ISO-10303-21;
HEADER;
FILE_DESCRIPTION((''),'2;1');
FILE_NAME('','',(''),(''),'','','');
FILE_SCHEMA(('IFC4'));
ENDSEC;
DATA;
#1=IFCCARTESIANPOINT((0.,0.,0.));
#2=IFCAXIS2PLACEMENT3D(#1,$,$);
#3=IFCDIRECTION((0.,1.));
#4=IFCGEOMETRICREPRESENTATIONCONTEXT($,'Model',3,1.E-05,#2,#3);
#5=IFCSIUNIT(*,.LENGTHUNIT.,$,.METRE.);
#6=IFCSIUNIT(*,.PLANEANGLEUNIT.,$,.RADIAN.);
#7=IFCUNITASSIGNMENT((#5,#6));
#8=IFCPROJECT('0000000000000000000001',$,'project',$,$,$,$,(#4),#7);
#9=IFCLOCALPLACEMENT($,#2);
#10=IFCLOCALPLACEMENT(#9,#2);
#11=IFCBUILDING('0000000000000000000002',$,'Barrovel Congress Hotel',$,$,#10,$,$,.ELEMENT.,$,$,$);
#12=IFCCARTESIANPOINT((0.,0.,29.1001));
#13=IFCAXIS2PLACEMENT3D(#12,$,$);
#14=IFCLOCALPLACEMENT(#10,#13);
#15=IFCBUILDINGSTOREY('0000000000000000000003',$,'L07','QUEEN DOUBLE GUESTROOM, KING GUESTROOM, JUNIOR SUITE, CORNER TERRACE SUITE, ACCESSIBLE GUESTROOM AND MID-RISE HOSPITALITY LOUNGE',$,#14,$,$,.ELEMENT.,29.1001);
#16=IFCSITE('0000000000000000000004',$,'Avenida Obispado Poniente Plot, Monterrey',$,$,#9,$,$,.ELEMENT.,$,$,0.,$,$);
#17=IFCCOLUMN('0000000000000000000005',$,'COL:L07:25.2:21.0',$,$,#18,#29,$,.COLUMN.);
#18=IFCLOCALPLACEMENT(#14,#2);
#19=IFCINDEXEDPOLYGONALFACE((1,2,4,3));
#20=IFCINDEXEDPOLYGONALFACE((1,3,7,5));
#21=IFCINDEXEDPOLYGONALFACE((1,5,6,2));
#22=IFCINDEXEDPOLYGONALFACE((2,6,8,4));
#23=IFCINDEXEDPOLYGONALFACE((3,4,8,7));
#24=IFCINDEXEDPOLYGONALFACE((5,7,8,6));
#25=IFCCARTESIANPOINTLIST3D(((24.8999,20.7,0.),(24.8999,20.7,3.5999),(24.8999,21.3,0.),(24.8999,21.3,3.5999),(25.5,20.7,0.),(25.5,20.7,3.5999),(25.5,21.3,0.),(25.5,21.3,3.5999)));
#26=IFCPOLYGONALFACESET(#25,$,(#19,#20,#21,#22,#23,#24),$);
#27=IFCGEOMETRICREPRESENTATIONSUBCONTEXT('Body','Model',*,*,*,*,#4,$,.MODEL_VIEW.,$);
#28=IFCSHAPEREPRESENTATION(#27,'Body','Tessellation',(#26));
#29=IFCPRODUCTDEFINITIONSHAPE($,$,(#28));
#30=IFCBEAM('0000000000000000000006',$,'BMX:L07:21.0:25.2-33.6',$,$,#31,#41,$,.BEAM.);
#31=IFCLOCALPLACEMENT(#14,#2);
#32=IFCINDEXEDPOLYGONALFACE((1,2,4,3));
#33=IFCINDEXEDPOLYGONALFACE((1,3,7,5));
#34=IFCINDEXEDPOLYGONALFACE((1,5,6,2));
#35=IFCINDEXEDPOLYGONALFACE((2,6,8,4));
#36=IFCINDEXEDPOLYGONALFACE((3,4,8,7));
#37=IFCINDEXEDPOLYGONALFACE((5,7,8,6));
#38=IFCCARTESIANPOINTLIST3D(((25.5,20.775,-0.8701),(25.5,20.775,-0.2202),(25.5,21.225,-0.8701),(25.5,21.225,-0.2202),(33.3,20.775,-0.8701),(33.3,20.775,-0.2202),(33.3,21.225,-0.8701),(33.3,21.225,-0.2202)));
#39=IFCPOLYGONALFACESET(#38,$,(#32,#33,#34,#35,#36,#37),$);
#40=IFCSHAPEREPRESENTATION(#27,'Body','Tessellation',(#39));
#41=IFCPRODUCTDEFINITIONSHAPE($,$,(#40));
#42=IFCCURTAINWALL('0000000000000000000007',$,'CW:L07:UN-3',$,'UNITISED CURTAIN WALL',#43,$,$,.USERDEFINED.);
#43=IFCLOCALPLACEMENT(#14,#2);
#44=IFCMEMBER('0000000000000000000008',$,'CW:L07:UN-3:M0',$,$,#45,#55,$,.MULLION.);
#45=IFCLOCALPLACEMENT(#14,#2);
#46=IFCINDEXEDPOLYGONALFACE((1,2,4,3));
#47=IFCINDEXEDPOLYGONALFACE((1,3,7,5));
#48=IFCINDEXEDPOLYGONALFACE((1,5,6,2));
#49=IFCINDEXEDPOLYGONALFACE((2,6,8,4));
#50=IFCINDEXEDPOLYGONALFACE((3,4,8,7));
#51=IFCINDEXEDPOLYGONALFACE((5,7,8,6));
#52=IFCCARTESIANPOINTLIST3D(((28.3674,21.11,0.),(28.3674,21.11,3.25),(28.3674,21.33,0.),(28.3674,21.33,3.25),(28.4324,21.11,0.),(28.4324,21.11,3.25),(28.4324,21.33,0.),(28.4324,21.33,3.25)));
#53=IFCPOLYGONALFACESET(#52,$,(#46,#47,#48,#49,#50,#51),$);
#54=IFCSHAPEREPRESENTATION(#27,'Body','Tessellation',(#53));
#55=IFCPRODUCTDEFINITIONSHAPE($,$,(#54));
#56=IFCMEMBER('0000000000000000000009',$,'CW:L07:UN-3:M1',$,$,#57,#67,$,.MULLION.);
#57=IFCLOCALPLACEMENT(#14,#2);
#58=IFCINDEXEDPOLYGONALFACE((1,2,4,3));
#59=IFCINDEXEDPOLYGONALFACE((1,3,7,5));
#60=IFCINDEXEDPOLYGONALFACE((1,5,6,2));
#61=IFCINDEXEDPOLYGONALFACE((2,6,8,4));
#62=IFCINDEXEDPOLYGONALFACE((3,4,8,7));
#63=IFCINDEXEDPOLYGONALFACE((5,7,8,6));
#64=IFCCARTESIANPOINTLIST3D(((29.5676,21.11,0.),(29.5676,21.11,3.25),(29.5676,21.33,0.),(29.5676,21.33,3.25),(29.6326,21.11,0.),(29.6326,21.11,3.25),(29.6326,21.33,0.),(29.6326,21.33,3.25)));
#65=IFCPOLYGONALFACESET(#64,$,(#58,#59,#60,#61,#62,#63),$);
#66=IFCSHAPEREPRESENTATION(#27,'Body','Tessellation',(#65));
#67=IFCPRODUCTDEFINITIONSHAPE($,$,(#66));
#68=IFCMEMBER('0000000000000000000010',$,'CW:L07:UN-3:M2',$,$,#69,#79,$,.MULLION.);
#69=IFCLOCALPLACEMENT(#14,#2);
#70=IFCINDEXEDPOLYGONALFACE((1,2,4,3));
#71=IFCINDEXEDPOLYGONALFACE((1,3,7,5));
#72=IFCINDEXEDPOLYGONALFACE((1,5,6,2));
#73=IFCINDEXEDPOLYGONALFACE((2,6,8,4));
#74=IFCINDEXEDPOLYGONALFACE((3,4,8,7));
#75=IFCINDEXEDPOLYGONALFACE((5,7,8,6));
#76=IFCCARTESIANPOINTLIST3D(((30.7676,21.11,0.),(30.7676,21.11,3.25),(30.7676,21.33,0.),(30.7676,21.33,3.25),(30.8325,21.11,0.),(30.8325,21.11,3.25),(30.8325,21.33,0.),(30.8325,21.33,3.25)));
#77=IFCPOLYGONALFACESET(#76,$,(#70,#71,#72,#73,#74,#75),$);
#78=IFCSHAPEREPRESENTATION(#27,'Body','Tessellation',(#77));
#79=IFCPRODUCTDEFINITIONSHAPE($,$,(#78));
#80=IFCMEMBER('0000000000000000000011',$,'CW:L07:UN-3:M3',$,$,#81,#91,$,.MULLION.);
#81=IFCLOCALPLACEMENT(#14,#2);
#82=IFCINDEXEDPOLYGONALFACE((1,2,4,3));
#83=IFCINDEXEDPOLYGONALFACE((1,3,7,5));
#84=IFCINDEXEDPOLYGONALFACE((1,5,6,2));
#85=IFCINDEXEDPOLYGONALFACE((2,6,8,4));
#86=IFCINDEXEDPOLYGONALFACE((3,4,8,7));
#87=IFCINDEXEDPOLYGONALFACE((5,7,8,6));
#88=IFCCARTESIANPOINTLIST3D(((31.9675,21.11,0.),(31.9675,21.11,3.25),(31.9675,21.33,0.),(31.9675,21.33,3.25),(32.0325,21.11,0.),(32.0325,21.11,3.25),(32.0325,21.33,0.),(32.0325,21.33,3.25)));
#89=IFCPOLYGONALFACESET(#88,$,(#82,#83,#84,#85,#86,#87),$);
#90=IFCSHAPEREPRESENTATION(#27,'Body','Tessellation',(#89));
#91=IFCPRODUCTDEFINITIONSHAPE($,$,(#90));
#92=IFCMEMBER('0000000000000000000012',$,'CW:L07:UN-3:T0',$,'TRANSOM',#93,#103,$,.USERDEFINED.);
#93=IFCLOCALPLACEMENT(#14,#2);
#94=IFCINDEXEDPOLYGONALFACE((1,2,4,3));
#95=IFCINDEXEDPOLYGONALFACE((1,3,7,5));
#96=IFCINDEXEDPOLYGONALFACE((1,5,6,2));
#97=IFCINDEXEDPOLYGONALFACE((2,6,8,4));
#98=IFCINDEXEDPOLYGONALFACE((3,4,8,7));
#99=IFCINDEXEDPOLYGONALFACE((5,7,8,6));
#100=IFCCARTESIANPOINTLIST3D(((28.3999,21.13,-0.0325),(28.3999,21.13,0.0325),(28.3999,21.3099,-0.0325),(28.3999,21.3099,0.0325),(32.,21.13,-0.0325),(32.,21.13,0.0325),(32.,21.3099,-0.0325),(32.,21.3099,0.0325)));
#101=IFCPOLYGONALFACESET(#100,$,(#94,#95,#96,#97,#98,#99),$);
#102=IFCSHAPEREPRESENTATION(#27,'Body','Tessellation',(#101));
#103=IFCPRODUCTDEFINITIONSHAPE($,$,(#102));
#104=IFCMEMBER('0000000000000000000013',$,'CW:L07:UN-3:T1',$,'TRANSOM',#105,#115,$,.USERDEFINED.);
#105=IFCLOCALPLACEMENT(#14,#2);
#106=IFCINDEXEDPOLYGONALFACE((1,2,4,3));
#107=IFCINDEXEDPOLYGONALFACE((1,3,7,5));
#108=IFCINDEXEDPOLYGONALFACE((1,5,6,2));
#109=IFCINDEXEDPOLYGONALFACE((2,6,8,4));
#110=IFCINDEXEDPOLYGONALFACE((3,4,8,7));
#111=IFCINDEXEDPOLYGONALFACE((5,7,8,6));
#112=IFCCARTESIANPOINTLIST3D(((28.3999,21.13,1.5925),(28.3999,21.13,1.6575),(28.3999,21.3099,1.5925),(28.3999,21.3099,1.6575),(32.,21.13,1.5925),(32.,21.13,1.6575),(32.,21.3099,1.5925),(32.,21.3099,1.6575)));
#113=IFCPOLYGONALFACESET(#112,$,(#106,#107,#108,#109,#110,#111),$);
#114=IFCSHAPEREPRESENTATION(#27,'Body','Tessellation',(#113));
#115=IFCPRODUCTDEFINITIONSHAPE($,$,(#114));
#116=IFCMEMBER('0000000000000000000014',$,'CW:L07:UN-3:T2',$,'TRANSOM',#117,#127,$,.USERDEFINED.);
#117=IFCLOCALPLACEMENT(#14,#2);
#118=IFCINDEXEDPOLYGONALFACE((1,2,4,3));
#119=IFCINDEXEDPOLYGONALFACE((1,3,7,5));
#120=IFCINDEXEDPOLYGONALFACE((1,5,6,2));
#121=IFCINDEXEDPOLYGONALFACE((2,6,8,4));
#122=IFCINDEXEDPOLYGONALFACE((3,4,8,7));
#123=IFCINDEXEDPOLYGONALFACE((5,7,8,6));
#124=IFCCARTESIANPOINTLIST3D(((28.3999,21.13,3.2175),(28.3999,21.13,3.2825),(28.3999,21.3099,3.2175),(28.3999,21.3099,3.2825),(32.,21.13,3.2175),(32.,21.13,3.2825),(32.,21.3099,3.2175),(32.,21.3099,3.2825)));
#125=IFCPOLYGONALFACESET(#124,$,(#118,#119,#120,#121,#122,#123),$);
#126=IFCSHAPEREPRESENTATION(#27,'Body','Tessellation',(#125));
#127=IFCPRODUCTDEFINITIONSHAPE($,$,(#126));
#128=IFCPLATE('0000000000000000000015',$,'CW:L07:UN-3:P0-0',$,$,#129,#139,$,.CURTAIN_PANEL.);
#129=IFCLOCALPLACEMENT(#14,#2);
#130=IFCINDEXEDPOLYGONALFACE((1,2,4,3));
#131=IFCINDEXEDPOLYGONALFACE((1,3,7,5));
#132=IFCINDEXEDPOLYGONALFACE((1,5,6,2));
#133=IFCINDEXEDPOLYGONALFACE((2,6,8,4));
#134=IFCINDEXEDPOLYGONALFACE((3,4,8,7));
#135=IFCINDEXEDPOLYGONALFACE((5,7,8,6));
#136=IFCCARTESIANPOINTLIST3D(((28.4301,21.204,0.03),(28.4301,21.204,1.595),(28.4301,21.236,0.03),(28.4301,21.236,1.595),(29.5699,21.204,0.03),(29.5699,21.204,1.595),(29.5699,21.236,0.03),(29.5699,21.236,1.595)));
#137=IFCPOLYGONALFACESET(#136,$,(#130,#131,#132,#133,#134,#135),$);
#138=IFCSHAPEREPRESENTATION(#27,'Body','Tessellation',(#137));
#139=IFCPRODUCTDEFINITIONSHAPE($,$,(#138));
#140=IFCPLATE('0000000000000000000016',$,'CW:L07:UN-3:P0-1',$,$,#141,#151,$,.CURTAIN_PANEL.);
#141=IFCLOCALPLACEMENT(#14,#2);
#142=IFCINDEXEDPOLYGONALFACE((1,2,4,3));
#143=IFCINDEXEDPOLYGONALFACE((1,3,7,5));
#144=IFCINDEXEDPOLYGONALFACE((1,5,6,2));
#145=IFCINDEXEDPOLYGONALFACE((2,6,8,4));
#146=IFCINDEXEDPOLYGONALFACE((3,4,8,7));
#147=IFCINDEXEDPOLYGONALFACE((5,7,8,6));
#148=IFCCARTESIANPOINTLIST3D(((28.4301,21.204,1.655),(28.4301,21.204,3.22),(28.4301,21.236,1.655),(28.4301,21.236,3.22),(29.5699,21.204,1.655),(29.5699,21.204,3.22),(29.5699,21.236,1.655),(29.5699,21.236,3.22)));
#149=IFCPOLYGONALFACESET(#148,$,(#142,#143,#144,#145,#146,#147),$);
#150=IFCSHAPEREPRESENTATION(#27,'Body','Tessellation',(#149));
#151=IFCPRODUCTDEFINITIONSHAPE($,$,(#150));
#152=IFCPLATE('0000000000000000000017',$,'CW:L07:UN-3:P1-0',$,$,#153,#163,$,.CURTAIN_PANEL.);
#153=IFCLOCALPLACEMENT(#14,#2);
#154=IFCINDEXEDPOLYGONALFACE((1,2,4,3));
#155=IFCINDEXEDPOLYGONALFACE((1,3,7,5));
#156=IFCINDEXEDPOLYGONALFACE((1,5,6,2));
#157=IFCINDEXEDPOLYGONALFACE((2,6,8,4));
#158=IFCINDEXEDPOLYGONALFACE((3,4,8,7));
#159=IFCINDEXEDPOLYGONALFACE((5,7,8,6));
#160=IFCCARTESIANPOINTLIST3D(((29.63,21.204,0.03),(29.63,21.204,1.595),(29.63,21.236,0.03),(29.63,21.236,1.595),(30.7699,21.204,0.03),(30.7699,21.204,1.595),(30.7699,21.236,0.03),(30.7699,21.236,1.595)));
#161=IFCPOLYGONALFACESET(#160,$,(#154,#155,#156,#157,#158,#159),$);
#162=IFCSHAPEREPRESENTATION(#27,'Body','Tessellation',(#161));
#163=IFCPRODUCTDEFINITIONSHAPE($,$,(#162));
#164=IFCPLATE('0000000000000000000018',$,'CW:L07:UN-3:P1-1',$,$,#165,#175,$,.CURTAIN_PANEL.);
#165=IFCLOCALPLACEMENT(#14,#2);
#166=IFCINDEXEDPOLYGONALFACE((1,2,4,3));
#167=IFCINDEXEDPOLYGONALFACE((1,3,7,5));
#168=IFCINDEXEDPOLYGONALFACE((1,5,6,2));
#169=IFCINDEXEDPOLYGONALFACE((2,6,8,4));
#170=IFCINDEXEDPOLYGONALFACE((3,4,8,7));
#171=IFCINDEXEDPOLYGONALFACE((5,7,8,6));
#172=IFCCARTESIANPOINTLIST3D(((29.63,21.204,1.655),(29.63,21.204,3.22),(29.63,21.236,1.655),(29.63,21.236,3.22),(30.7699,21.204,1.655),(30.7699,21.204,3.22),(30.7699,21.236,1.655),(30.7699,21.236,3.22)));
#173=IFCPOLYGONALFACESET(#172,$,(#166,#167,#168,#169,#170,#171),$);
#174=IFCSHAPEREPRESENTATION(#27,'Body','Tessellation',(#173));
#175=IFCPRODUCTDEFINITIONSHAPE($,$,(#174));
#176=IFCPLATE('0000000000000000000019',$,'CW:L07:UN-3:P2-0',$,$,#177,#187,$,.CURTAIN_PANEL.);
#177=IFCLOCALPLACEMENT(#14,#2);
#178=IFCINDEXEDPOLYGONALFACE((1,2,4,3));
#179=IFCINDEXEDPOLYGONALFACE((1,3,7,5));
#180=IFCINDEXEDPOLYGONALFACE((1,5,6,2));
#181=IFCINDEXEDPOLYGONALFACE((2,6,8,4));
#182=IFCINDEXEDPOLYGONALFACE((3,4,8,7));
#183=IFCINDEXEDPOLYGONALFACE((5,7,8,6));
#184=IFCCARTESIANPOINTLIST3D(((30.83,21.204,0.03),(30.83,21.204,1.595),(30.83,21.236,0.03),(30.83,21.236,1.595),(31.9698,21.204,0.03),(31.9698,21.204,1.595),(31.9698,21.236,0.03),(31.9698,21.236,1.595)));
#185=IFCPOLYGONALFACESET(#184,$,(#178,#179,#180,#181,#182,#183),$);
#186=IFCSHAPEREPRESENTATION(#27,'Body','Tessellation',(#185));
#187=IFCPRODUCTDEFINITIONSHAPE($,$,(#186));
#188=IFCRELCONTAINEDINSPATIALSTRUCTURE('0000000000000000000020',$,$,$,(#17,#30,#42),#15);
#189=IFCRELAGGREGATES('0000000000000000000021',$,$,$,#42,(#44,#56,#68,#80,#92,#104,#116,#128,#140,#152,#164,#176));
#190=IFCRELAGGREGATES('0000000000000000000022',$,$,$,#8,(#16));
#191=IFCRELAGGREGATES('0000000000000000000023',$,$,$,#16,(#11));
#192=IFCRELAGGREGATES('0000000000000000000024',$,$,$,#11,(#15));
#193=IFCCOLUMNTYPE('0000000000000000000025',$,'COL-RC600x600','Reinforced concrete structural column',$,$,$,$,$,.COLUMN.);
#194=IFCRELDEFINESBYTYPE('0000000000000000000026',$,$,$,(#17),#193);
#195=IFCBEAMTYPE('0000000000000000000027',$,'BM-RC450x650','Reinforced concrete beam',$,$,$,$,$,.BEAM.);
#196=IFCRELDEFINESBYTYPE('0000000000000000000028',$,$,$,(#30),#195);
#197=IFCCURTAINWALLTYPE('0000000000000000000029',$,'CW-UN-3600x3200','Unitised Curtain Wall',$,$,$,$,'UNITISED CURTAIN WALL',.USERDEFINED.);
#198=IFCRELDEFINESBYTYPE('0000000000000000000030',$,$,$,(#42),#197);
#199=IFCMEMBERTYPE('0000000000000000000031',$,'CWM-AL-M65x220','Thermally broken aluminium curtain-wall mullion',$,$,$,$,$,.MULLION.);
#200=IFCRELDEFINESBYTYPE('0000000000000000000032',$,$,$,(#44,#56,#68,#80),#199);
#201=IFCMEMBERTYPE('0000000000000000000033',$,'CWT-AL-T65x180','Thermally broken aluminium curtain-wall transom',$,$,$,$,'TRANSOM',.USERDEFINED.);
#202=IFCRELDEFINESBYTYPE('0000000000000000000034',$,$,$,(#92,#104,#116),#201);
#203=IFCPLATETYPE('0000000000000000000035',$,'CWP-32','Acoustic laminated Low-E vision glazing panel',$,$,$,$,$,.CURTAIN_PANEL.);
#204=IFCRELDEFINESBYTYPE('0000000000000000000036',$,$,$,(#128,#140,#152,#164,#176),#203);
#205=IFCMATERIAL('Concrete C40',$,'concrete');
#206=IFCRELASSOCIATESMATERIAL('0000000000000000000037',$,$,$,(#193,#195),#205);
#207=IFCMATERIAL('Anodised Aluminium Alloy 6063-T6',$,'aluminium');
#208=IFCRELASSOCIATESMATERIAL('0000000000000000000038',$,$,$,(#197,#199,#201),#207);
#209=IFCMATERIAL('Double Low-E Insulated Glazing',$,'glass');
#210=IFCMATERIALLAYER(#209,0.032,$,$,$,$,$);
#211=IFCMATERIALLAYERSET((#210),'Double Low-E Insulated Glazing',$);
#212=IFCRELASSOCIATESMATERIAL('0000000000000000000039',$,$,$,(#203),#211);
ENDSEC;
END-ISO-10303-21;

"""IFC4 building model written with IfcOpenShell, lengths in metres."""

from ifc_helpers import new_model, si_unit, direction, frame, origin, origin_2d, place, context, subcontext, project, spatial, rectangle, extrude, material, layer, layer_set, material_profile, profile_set, type_object, element, aggregate, save


model = new_model("IFC4")

# Units and contexts
model_context = context("Model", 3, precision=1e-05, world=origin(), true_north=direction((0.0, 1.0)))
body_context = subcontext(model_context, "Body", "Model", "MODEL_VIEW")
ifc_project = project(units=[si_unit("LENGTHUNIT", "METRE"), si_unit("PLANEANGLEUNIT", "RADIAN")], contexts=[model_context])

# Site, building, storey
site_placement = place(None, origin())
site = spatial("IfcSite", under=ifc_project, at=site_placement, Name="Avenida Obispado Poniente Plot, Monterrey", CompositionType="ELEMENT", RefElevation=0.0)
building_placement = place(site_placement, origin())
building = spatial("IfcBuilding", under=site, at=building_placement, Name="Barrovel Congress Hotel", CompositionType="ELEMENT")
storey_placement = place(building_placement, frame((0.0, 0.0, 29.1001)))
storey = spatial("IfcBuildingStorey", under=building, at=storey_placement, Name="L07", Description="QUEEN DOUBLE GUESTROOM, KING GUESTROOM, JUNIOR SUITE, CORNER TERRACE SUITE, ACCESSIBLE GUESTROOM AND MID-RISE HOSPITALITY LOUNGE", CompositionType="ELEMENT", Elevation=29.1001)

# Column
ifc_material_1 = material(Name="Concrete C40", Category="concrete")
ifc_material_profile_1 = material_profile(ifc_material_1, rectangle(XDim=0.6001, YDim=0.6001, at=origin_2d()), Name="RC600x600")
ifc_profile_set_1 = profile_set([ifc_material_profile_1], Name="Concrete C40")
column_type = type_object("IfcColumnType", Name="COL-RC600x600", Description="Reinforced concrete structural column", PredefinedType="COLUMN", material=ifc_profile_set_1)
column_placement = place(storey_placement, frame((25.2, 21.0, 0.0), z_axis=(0.0, 0.0, 1.0), x_axis=(1.0, 0.0, 0.0)))
element("IfcColumn", 1, at=column_placement, inside=storey, type_object=column_type, Name="COL:L07:25.2:21.0", PredefinedType="COLUMN", context=body_context, shape_type="SweptSolid", body=[
    extrude(rectangle(XDim=0.6001, YDim=0.6001, at=origin_2d()), origin(), (0.0, 0.0, 1.0), 3.5999),
])

# Beam
ifc_material_profile_2 = material_profile(ifc_material_1, rectangle(XDim=0.45, YDim=0.6499, at=origin_2d()), Name="RC450x650")
ifc_profile_set_2 = profile_set([ifc_material_profile_2], Name="Concrete C40")
beam_type = type_object("IfcBeamType", Name="BM-RC450x650", Description="Reinforced concrete beam", PredefinedType="BEAM", material=ifc_profile_set_2)
beam_placement = place(storey_placement, frame((25.5, 21.0, -0.5452), z_axis=(1.0, 0.0, 0.0), x_axis=(0.0, 1.0, 0.0)))
element("IfcBeam", 2, at=beam_placement, inside=storey, type_object=beam_type, Name="BMX:L07:21.0:25.2-33.6", PredefinedType="BEAM", context=body_context, shape_type="SweptSolid", body=[
    extrude(rectangle(XDim=0.45, YDim=0.6499, at=origin_2d()), origin(), (0.0, 0.0, 1.0), 7.8),
])

# Curtain wall, members, plates
ifc_material_2 = material(Name="Anodised Aluminium Alloy 6063-T6", Category="aluminium")
curtain_wall_type = type_object("IfcCurtainWallType", Name="CW-UN-3600x3200", Description="Unitised Curtain Wall", ElementType="UNITISED CURTAIN WALL", PredefinedType="USERDEFINED", material=ifc_material_2)
curtain_wall_placement = place(storey_placement, origin())
curtain_wall = element("IfcCurtainWall", 3, at=curtain_wall_placement, inside=storey, type_object=curtain_wall_type, Name="CW:L07:UN-3", ObjectType="UNITISED CURTAIN WALL", PredefinedType="USERDEFINED")
ifc_material_profile_3 = material_profile(ifc_material_2, rectangle(XDim=0.0649, YDim=0.22, at=origin_2d()), Name="AL-M65x220")
ifc_profile_set_3 = profile_set([ifc_material_profile_3], Name="Anodised Aluminium Alloy 6063-T6")
member_type_1 = type_object("IfcMemberType", Name="CWM-AL-M65x220", Description="Thermally broken aluminium curtain-wall mullion", PredefinedType="MULLION", material=ifc_profile_set_3)
member_1_placement = place(storey_placement, frame((28.3999, 21.22, 0.0), z_axis=(0.0, 0.0, 1.0), x_axis=(1.0, 0.0, 0.0)))
member_1 = element("IfcMember", 4, at=member_1_placement, type_object=member_type_1, Name="CW:L07:UN-3:M0", PredefinedType="MULLION", context=body_context, shape_type="SweptSolid", body=[
    extrude(rectangle(XDim=0.0649, YDim=0.22, at=origin_2d()), origin(), (0.0, 0.0, 1.0), 3.25),
])
member_2_placement = place(storey_placement, frame((29.6001, 21.22, 0.0), z_axis=(0.0, 0.0, 1.0), x_axis=(1.0, 0.0, 0.0)))
member_2 = element("IfcMember", 5, at=member_2_placement, type_object=member_type_1, Name="CW:L07:UN-3:M1", PredefinedType="MULLION", context=body_context, shape_type="SweptSolid", body=[
    extrude(rectangle(XDim=0.0649, YDim=0.22, at=origin_2d()), origin(), (0.0, 0.0, 1.0), 3.25),
])
member_3_placement = place(storey_placement, frame((30.8, 21.22, 0.0), z_axis=(0.0, 0.0, 1.0), x_axis=(1.0, 0.0, 0.0)))
member_3 = element("IfcMember", 6, at=member_3_placement, type_object=member_type_1, Name="CW:L07:UN-3:M2", PredefinedType="MULLION", context=body_context, shape_type="SweptSolid", body=[
    extrude(rectangle(XDim=0.0649, YDim=0.22, at=origin_2d()), origin(), (0.0, 0.0, 1.0), 3.25),
])
member_4_placement = place(storey_placement, frame((32.0, 21.22, 0.0), z_axis=(0.0, 0.0, 1.0), x_axis=(1.0, 0.0, 0.0)))
member_4 = element("IfcMember", 7, at=member_4_placement, type_object=member_type_1, Name="CW:L07:UN-3:M3", PredefinedType="MULLION", context=body_context, shape_type="SweptSolid", body=[
    extrude(rectangle(XDim=0.0649, YDim=0.22, at=origin_2d()), origin(), (0.0, 0.0, 1.0), 3.25),
])
ifc_material_profile_4 = material_profile(ifc_material_2, rectangle(XDim=0.1799, YDim=0.0649, at=origin_2d()), Name="AL-T65x180")
ifc_profile_set_4 = profile_set([ifc_material_profile_4], Name="Anodised Aluminium Alloy 6063-T6")
member_type_2 = type_object("IfcMemberType", Name="CWT-AL-T65x180", Description="Thermally broken aluminium curtain-wall transom", ElementType="TRANSOM", PredefinedType="USERDEFINED", material=ifc_profile_set_4)
member_5_placement = place(storey_placement, frame((28.3999, 21.22, 0.0), z_axis=(1.0, 0.0, 0.0), x_axis=(0.0, 1.0, 0.0)))
member_5 = element("IfcMember", 8, at=member_5_placement, type_object=member_type_2, Name="CW:L07:UN-3:T0", ObjectType="TRANSOM", PredefinedType="USERDEFINED", context=body_context, shape_type="SweptSolid", body=[
    extrude(rectangle(XDim=0.1799, YDim=0.0649, at=origin_2d()), origin(), (0.0, 0.0, 1.0), 3.6001),
])
member_6_placement = place(storey_placement, frame((28.3999, 21.22, 1.625), z_axis=(1.0, 0.0, 0.0), x_axis=(0.0, 1.0, 0.0)))
member_6 = element("IfcMember", 9, at=member_6_placement, type_object=member_type_2, Name="CW:L07:UN-3:T1", ObjectType="TRANSOM", PredefinedType="USERDEFINED", context=body_context, shape_type="SweptSolid", body=[
    extrude(rectangle(XDim=0.1799, YDim=0.0649, at=origin_2d()), origin(), (0.0, 0.0, 1.0), 3.6001),
])
member_7_placement = place(storey_placement, frame((28.3999, 21.22, 3.25), z_axis=(1.0, 0.0, 0.0), x_axis=(0.0, 1.0, 0.0)))
member_7 = element("IfcMember", 10, at=member_7_placement, type_object=member_type_2, Name="CW:L07:UN-3:T2", ObjectType="TRANSOM", PredefinedType="USERDEFINED", context=body_context, shape_type="SweptSolid", body=[
    extrude(rectangle(XDim=0.1799, YDim=0.0649, at=origin_2d()), origin(), (0.0, 0.0, 1.0), 3.6001),
])
ifc_material_3 = material(Name="Double Low-E Insulated Glazing", Category="glass")
ifc_layer_1 = layer(ifc_material_3, 0.032)
ifc_layer_set_1 = layer_set([ifc_layer_1], Name="Double Low-E Insulated Glazing")
plate_type = type_object("IfcPlateType", Name="CWP-32", Description="Acoustic laminated Low-E vision glazing panel", PredefinedType="CURTAIN_PANEL", material=ifc_layer_set_1)
plate_1_placement = place(storey_placement, frame((29.0, 21.22, 0.03), z_axis=(0.0, 0.0, 1.0), x_axis=(1.0, 0.0, 0.0)))
plate_1 = element("IfcPlate", 11, at=plate_1_placement, type_object=plate_type, Name="CW:L07:UN-3:P0-0", PredefinedType="CURTAIN_PANEL", context=body_context, shape_type="SweptSolid", body=[
    extrude(rectangle(XDim=1.1399, YDim=0.032, at=origin_2d()), origin(), (0.0, 0.0, 1.0), 1.5649),
])
plate_2_placement = place(storey_placement, frame((29.0, 21.22, 1.655), z_axis=(0.0, 0.0, 1.0), x_axis=(1.0, 0.0, 0.0)))
plate_2 = element("IfcPlate", 12, at=plate_2_placement, type_object=plate_type, Name="CW:L07:UN-3:P0-1", PredefinedType="CURTAIN_PANEL", context=body_context, shape_type="SweptSolid", body=[
    extrude(rectangle(XDim=1.1399, YDim=0.032, at=origin_2d()), origin(), (0.0, 0.0, 1.0), 1.5649),
])
plate_3_placement = place(storey_placement, frame((30.2, 21.22, 0.03), z_axis=(0.0, 0.0, 1.0), x_axis=(1.0, 0.0, 0.0)))
plate_3 = element("IfcPlate", 13, at=plate_3_placement, type_object=plate_type, Name="CW:L07:UN-3:P1-0", PredefinedType="CURTAIN_PANEL", context=body_context, shape_type="SweptSolid", body=[
    extrude(rectangle(XDim=1.1399, YDim=0.032, at=origin_2d()), origin(), (0.0, 0.0, 1.0), 1.5649),
])
plate_4_placement = place(storey_placement, frame((30.2, 21.22, 1.655), z_axis=(0.0, 0.0, 1.0), x_axis=(1.0, 0.0, 0.0)))
plate_4 = element("IfcPlate", 14, at=plate_4_placement, type_object=plate_type, Name="CW:L07:UN-3:P1-1", PredefinedType="CURTAIN_PANEL", context=body_context, shape_type="SweptSolid", body=[
    extrude(rectangle(XDim=1.1399, YDim=0.032, at=origin_2d()), origin(), (0.0, 0.0, 1.0), 1.5649),
])
plate_5_placement = place(storey_placement, frame((31.3999, 21.22, 0.03), z_axis=(0.0, 0.0, 1.0), x_axis=(1.0, 0.0, 0.0)))
plate_5 = element("IfcPlate", 15, at=plate_5_placement, type_object=plate_type, Name="CW:L07:UN-3:P2-0", PredefinedType="CURTAIN_PANEL", context=body_context, shape_type="SweptSolid", body=[
    extrude(rectangle(XDim=1.1399, YDim=0.032, at=origin_2d()), origin(), (0.0, 0.0, 1.0), 1.5649),
])
aggregate(curtain_wall, [member_1, member_2, member_3, member_4, member_5, member_6, member_7, plate_1, plate_2, plate_3, plate_4, plate_5])

save(model, "model.ifc")
